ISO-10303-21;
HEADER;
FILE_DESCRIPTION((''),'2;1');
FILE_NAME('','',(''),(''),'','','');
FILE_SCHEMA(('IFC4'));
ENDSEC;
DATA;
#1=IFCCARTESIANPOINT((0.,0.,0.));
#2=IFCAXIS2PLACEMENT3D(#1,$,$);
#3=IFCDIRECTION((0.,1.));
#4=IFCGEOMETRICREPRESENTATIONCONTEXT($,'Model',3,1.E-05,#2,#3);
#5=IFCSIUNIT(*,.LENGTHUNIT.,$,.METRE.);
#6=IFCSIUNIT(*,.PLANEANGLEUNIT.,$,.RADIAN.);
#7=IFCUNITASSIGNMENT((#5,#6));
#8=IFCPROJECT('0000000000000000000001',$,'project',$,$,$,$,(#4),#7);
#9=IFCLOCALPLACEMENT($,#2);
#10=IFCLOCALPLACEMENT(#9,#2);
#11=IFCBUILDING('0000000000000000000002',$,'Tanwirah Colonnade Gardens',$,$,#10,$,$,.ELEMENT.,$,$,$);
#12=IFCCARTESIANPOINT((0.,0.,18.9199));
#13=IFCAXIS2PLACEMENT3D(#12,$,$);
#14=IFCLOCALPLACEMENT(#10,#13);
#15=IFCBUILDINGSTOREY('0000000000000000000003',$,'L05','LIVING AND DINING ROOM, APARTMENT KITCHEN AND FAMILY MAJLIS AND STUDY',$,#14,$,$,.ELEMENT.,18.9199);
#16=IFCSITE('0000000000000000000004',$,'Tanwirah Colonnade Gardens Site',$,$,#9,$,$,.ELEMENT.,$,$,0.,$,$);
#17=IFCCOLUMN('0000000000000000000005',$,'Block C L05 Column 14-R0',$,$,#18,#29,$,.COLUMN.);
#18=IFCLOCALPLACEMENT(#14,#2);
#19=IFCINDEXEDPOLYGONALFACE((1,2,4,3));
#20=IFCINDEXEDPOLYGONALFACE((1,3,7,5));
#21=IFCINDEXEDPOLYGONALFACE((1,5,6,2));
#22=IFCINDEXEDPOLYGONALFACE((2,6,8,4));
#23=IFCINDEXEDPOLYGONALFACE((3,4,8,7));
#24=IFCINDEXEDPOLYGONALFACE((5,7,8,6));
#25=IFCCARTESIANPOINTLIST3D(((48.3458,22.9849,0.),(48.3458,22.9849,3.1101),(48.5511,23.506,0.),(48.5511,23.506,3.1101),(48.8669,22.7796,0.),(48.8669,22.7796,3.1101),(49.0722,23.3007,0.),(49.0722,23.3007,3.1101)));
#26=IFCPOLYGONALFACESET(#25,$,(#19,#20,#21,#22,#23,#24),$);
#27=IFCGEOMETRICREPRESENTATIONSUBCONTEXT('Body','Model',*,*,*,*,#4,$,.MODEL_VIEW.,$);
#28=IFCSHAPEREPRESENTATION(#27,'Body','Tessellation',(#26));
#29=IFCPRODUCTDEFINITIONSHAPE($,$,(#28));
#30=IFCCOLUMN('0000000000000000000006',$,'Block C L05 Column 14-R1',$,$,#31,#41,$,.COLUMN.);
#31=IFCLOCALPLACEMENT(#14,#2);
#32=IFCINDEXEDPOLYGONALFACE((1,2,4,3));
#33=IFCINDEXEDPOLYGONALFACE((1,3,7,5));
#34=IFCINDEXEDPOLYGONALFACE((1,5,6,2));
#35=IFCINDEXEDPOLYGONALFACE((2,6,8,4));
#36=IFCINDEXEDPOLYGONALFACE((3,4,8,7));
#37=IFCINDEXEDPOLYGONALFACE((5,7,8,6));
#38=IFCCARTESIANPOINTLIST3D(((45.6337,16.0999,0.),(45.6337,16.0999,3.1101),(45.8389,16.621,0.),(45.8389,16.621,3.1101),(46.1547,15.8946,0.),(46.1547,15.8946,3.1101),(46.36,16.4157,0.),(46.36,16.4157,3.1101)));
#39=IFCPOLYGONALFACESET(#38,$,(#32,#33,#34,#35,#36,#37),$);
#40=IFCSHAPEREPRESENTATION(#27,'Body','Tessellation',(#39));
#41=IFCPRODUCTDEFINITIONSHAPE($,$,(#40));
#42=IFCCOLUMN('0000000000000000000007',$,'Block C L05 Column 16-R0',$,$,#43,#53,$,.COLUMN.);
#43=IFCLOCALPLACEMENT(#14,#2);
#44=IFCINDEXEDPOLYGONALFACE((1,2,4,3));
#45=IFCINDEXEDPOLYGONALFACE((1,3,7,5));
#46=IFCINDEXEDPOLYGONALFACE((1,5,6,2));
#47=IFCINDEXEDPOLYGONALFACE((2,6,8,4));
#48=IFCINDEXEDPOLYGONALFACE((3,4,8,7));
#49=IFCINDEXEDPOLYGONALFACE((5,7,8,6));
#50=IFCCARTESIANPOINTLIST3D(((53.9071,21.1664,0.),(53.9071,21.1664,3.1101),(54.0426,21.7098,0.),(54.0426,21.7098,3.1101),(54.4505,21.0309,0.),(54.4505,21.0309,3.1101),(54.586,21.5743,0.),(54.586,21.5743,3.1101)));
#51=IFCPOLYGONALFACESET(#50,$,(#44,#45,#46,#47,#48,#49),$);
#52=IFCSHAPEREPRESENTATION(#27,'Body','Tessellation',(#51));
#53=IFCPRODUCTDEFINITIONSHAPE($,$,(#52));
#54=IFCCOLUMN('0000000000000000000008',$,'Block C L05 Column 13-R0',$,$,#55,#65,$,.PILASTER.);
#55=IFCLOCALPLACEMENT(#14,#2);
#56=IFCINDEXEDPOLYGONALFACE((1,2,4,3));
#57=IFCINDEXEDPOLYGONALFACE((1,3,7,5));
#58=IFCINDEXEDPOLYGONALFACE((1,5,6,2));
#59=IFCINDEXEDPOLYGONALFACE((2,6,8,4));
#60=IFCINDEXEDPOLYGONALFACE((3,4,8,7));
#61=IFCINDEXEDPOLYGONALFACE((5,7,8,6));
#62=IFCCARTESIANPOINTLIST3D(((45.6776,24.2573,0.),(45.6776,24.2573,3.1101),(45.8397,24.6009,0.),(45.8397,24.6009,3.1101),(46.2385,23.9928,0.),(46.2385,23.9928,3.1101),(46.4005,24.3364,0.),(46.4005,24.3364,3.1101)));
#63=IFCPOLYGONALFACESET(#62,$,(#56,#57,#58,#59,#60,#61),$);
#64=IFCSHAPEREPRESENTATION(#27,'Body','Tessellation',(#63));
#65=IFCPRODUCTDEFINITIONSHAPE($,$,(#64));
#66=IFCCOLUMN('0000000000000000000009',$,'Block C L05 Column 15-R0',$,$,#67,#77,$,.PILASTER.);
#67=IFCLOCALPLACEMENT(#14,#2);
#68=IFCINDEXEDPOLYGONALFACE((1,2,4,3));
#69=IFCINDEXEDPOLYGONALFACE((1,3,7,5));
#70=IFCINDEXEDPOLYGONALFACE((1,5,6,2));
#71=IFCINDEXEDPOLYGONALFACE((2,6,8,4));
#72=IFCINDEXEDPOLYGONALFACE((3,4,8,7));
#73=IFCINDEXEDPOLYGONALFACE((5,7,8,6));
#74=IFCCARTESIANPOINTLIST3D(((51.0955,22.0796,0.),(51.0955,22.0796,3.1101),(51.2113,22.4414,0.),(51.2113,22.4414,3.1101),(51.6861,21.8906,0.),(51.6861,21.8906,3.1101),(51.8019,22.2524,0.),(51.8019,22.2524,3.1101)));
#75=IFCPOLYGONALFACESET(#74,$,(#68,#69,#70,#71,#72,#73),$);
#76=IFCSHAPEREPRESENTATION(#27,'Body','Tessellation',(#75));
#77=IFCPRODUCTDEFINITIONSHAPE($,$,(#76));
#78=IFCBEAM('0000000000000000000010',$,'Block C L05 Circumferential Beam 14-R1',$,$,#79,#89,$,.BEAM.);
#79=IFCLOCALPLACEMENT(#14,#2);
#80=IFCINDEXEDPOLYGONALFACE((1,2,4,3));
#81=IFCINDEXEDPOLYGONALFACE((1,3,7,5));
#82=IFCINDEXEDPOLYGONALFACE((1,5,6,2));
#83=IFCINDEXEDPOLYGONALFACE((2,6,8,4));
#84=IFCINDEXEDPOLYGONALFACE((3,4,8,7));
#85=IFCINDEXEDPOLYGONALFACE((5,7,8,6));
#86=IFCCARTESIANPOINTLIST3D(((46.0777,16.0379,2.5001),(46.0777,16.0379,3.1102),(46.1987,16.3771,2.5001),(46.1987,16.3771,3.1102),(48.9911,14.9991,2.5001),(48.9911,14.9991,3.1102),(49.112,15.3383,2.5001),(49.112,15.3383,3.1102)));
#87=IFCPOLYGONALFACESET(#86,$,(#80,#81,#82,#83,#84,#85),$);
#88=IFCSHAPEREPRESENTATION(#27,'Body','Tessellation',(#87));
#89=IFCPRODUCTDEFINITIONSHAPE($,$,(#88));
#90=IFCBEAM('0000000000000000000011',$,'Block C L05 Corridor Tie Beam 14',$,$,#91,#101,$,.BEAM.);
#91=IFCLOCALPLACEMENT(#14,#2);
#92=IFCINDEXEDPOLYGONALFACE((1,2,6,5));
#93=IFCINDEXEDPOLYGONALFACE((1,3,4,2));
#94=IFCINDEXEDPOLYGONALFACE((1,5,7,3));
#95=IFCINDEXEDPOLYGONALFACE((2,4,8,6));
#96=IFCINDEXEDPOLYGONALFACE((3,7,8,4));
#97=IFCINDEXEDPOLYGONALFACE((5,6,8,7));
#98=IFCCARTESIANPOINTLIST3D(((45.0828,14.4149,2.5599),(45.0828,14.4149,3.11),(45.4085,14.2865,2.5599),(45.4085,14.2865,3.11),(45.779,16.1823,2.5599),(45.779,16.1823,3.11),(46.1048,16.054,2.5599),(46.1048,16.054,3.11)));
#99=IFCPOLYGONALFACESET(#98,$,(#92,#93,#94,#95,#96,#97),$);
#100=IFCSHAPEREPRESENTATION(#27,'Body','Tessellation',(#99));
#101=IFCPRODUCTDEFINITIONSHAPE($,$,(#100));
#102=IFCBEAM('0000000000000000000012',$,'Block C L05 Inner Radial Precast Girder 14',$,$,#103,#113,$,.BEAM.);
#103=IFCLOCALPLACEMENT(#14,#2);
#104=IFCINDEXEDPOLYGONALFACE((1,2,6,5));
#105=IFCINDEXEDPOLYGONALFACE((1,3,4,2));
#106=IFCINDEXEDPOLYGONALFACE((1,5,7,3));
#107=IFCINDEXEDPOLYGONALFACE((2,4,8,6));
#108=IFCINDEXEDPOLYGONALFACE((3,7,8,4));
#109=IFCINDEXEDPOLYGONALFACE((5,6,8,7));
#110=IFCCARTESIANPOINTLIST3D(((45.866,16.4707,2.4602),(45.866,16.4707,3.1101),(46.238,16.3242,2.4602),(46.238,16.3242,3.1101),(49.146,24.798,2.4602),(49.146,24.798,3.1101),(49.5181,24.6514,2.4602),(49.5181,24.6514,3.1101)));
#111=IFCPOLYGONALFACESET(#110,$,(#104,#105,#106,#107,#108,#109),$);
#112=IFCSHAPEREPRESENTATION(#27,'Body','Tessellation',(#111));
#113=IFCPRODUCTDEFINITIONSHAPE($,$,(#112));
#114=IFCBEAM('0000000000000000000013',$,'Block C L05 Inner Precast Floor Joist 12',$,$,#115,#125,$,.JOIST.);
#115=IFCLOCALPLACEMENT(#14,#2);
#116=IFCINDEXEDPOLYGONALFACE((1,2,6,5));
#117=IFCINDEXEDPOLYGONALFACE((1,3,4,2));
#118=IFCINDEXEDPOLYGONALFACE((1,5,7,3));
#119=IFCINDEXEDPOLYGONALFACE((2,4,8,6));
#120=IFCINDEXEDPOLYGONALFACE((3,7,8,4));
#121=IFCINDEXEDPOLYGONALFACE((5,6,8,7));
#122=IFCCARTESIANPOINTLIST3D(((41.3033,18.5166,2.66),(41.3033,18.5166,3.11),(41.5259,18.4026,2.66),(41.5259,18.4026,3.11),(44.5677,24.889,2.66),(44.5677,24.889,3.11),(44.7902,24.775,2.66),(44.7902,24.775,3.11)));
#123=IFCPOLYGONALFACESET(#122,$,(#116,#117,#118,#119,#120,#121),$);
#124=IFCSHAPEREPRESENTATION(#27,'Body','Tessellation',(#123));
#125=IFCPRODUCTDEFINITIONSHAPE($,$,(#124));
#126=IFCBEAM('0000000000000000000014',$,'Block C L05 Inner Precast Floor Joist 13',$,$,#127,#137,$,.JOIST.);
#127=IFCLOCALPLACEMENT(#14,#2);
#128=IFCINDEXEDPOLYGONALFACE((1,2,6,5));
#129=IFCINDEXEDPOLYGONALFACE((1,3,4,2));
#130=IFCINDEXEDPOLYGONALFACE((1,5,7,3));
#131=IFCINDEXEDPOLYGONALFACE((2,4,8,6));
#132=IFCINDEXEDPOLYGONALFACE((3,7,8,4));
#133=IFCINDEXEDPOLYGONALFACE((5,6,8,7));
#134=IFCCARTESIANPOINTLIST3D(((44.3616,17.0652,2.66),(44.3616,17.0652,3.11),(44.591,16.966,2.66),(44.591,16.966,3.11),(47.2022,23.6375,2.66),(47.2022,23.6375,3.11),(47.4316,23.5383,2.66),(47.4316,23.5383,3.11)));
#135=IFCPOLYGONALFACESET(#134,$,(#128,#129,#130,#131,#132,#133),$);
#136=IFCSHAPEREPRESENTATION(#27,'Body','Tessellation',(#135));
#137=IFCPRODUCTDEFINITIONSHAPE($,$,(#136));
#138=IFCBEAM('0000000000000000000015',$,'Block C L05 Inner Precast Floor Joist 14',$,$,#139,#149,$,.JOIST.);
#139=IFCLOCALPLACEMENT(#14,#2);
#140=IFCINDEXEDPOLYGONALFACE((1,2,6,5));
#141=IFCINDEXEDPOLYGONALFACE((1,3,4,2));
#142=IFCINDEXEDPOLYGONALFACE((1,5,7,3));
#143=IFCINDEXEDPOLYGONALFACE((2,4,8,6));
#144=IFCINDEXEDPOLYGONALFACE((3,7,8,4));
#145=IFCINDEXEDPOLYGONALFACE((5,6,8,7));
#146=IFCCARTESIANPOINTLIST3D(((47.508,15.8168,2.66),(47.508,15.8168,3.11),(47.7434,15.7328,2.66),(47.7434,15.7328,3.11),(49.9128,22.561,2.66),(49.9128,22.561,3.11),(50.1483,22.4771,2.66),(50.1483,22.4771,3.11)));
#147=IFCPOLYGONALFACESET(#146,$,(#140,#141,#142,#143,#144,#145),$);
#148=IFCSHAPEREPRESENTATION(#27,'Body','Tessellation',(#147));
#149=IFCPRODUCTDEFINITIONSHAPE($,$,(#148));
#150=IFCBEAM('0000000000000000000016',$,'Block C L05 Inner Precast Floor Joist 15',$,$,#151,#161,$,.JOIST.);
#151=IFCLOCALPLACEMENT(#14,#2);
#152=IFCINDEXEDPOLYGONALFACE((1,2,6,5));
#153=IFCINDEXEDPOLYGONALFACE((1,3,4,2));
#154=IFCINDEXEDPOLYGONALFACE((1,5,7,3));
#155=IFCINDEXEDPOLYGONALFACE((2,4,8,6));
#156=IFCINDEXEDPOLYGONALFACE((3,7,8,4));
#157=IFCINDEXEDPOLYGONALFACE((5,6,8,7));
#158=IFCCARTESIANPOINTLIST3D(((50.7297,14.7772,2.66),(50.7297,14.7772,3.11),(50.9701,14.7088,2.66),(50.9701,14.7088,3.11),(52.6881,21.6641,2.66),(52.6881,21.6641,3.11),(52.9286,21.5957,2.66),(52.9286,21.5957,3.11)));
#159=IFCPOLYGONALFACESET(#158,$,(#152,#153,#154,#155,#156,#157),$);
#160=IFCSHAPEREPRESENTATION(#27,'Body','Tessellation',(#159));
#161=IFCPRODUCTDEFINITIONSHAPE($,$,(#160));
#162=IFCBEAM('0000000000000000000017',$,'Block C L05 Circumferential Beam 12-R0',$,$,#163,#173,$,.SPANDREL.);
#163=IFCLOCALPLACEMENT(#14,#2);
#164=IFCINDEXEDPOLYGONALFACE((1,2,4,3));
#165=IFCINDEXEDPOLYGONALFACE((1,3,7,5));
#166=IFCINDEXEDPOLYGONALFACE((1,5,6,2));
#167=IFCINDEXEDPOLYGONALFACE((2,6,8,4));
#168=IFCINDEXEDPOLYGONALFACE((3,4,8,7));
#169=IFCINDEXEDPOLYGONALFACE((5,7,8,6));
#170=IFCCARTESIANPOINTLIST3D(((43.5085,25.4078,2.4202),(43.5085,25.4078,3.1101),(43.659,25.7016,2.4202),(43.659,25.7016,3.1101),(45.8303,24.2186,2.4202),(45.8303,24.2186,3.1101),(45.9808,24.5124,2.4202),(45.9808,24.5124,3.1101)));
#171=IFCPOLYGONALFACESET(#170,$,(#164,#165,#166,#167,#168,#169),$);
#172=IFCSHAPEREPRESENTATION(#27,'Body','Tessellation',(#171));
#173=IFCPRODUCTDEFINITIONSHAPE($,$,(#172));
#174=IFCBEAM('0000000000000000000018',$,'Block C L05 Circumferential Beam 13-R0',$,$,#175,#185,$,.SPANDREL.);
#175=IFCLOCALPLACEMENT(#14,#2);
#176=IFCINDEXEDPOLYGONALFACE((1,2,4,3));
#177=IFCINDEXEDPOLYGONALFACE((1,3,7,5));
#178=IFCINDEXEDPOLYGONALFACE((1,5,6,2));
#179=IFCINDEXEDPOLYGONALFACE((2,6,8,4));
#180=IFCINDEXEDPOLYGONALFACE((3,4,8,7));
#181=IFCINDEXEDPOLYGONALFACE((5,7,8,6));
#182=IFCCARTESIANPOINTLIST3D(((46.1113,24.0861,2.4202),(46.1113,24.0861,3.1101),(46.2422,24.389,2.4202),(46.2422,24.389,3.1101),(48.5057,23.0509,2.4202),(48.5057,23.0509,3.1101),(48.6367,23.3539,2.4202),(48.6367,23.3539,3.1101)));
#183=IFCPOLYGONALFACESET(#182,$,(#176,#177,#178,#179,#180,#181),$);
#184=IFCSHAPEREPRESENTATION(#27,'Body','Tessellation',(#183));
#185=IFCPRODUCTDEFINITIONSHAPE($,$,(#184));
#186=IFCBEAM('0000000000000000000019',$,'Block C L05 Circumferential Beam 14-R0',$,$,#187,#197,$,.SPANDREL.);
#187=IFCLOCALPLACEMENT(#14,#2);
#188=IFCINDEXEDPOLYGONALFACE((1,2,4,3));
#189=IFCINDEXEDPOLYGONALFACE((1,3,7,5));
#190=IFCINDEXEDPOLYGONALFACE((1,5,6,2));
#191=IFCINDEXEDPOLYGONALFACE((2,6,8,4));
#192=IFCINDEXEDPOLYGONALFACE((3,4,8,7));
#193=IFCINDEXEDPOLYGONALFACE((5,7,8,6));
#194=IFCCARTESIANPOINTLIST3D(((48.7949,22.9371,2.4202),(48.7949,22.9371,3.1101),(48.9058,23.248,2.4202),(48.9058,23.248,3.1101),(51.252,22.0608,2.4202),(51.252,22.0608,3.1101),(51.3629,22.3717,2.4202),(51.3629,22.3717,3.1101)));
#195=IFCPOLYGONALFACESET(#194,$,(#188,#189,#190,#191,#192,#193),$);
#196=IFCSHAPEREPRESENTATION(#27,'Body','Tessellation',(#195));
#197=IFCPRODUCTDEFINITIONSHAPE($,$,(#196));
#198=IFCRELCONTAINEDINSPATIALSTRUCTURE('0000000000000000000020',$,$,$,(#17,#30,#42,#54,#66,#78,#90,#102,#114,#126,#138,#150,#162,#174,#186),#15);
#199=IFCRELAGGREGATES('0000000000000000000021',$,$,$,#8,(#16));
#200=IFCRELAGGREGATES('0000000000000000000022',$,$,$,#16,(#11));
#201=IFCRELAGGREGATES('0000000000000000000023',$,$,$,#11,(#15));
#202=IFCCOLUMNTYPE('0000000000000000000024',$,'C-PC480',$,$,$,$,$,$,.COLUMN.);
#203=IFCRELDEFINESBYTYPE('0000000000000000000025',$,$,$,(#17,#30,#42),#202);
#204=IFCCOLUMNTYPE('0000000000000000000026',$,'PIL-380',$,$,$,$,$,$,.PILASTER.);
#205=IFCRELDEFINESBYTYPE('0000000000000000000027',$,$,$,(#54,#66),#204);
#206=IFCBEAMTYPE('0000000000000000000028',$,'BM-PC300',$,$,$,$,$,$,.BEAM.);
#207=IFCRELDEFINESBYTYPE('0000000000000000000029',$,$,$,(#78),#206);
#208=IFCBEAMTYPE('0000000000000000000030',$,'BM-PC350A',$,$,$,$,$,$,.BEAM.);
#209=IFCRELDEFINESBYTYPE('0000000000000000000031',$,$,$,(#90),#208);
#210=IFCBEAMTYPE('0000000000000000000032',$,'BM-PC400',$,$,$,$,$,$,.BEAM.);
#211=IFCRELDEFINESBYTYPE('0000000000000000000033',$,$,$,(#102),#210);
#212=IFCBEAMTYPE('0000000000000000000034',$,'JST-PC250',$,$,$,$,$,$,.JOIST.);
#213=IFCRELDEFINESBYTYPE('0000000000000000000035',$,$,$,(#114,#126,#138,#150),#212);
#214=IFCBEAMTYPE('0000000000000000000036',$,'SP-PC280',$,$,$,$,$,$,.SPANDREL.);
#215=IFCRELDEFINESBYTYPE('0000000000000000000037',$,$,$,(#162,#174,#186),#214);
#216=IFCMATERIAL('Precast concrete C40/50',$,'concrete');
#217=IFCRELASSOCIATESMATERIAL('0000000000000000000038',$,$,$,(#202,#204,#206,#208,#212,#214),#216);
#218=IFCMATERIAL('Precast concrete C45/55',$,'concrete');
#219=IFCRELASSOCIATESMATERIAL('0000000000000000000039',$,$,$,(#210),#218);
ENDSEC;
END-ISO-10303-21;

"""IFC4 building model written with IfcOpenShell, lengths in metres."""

from ifc_helpers import new_model, si_unit, direction, frame, origin, origin_2d, place, context, subcontext, project, spatial, rectangle, extrude, material, material_profile, profile_set, type_object, element, save


model = new_model("IFC4")

# Units and contexts
model_context = context("Model", 3, precision=1e-05, world=origin(), true_north=direction((0.0, 1.0)))
body_context = subcontext(model_context, "Body", "Model", "MODEL_VIEW")
ifc_project = project(units=[si_unit("LENGTHUNIT", "METRE"), si_unit("PLANEANGLEUNIT", "RADIAN")], contexts=[model_context])

# Site, building, storey
site_placement = place(None, origin())
site = spatial("IfcSite", under=ifc_project, at=site_placement, Name="Tanwirah Colonnade Gardens Site", CompositionType="ELEMENT", RefElevation=0.0)
building_placement = place(site_placement, origin())
building = spatial("IfcBuilding", under=site, at=building_placement, Name="Tanwirah Colonnade Gardens", CompositionType="ELEMENT")
storey_placement = place(building_placement, frame((0.0, 0.0, 18.9199)))
storey = spatial("IfcBuildingStorey", under=building, at=storey_placement, Name="L05", Description="LIVING AND DINING ROOM, APARTMENT KITCHEN AND FAMILY MAJLIS AND STUDY", CompositionType="ELEMENT", Elevation=18.9199)

# Columns
ifc_material_1 = material(Name="Precast concrete C40/50", Category="concrete")
ifc_material_profile_1 = material_profile(ifc_material_1, rectangle(XDim=0.5601, YDim=0.5601, at=origin_2d()), Name="PC-COL 560x560")
ifc_profile_set_1 = profile_set([ifc_material_profile_1], Name="Precast concrete C40/50")
column_type_1 = type_object("IfcColumnType", Name="C-PC480", PredefinedType="COLUMN", material=ifc_profile_set_1)
for number, where, z_axis, x_axis, name in (
    (1, (48.709, 23.1428, 0.0), (0.0, 0.0, 1.0), (-0.366501, -0.930418, 0.0), "Block C L05 Column 14-R0"),
    (2, (45.9968, 16.2578, 0.0), (0.0, 0.0, 1.0), (-0.366501, -0.930418, 0.0), "Block C L05 Column 14-R1"),
    (3, (54.2466, 21.3704, 0.0), (0.0, 0.0, 1.0), (-0.241922, -0.970296, 0.0), "Block C L05 Column 16-R0"),
):
    element("IfcColumn", number, at=place(storey_placement, frame(where, z_axis=z_axis, x_axis=x_axis)), inside=storey, type_object=column_type_1, Name=name, PredefinedType="COLUMN", context=body_context, shape_type="SweptSolid", body=[
        extrude(rectangle(XDim=0.5601, YDim=0.5601, at=origin_2d()), origin(), (0.0, 0.0, 1.0), 3.1101),
    ])
ifc_material_profile_2 = material_profile(ifc_material_1, rectangle(XDim=0.3799, YDim=0.6201, at=origin_2d()), Name="PC-PIL 380x620")
ifc_profile_set_2 = profile_set([ifc_material_profile_2], Name="Precast concrete C40/50")
column_type_2 = type_object("IfcColumnType", Name="PIL-380", PredefinedType="PILASTER", material=ifc_profile_set_2)
for number, where, z_axis, x_axis, name in (
    (4, (46.0391, 24.2969, 0.0), (0.0, 0.0, 1.0), (-0.426569, -0.904455, 0.0), "Block C L05 Column 13-R0"),
    (5, (51.4487, 22.166, 0.0), (0.0, 0.0, 1.0), (-0.304864, -0.952396, 0.0), "Block C L05 Column 15-R0"),
):
    element("IfcColumn", number, at=place(storey_placement, frame(where, z_axis=z_axis, x_axis=x_axis)), inside=storey, type_object=column_type_2, Name=name, PredefinedType="PILASTER", context=body_context, shape_type="SweptSolid", body=[
        extrude(rectangle(XDim=0.3799, YDim=0.6201, at=origin_2d()), origin(), (0.0, 0.0, 1.0), 3.1101),
    ])

# Beams
ifc_material_profile_3 = material_profile(ifc_material_1, rectangle(XDim=0.3601, YDim=0.6101, at=origin_2d()), Name="PC-BM 360x610")
ifc_profile_set_3 = profile_set([ifc_material_profile_3], Name="Precast concrete C40/50")
beam_type_1 = type_object("IfcBeamType", Name="BM-PC300", PredefinedType="BEAM", material=ifc_profile_set_3)
beam_1_placement = place(storey_placement, frame((46.1382, 16.2075, 2.8052), z_axis=(0.941911, -0.335861, 0.0), x_axis=(0.335861, 0.941911, 0.0)))
element("IfcBeam", 6, at=beam_1_placement, inside=storey, type_object=beam_type_1, Name="Block C L05 Circumferential Beam 14-R1", PredefinedType="BEAM", context=body_context, shape_type="SweptSolid", body=[
    extrude(rectangle(XDim=0.3601, YDim=0.6101, at=origin_2d()), origin(), (0.0, 0.0, 1.0), 3.093),
])
ifc_material_profile_4 = material_profile(ifc_material_1, rectangle(XDim=0.3501, YDim=0.55, at=origin_2d()), Name="PC-BM 350x550")
ifc_profile_set_4 = profile_set([ifc_material_profile_4], Name="Precast concrete C40/50")
beam_type_2 = type_object("IfcBeamType", Name="BM-PC350A", PredefinedType="BEAM", material=ifc_profile_set_4)
beam_2_placement = place(storey_placement, frame((45.9419, 16.1182, 2.835), z_axis=(-0.366511, -0.930414, 0.0), x_axis=(0.930414, -0.366511, 0.0)))
element("IfcBeam", 7, at=beam_2_placement, inside=storey, type_object=beam_type_2, Name="Block C L05 Corridor Tie Beam 14", PredefinedType="BEAM", context=body_context, shape_type="SweptSolid", body=[
    extrude(rectangle(XDim=0.3501, YDim=0.55, at=origin_2d()), origin(), (0.0, 0.0, 1.0), 1.8997),
])
ifc_material_2 = material(Name="Precast concrete C45/55", Category="concrete")
ifc_material_profile_5 = material_profile(ifc_material_2, rectangle(XDim=0.3999, YDim=0.6499, at=origin_2d()), Name="PC-BM 400x650")
ifc_profile_set_5 = profile_set([ifc_material_profile_5], Name="Precast concrete C45/55")
beam_type_3 = type_object("IfcBeamType", Name="BM-PC400", PredefinedType="BEAM", material=ifc_profile_set_5)
beam_3_placement = place(storey_placement, frame((46.052, 16.3975, 2.7852), z_axis=(0.366489, 0.930422, 0.0), x_axis=(-0.930422, 0.366489, 0.0)))
element("IfcBeam", 8, at=beam_3_placement, inside=storey, type_object=beam_type_3, Name="Block C L05 Inner Radial Precast Girder 14", PredefinedType="BEAM", context=body_context, shape_type="SweptSolid", body=[
    extrude(rectangle(XDim=0.3999, YDim=0.6499, at=origin_2d()), origin(), (0.0, 0.0, 1.0), 8.95),
])
ifc_material_profile_6 = material_profile(ifc_material_1, rectangle(XDim=0.25, YDim=0.45, at=origin_2d()), Name="PC-JST 250x450")
ifc_profile_set_6 = profile_set([ifc_material_profile_6], Name="Precast concrete C40/50")
beam_type_4 = type_object("IfcBeamType", Name="JST-PC250", PredefinedType="JOIST", material=ifc_profile_set_6)
for number, where, z_axis, x_axis, name in (
    (9, (44.679, 24.832, 2.885), (-0.455921, -0.89002, 0.0), (0.89002, -0.455921, 0.0), "Block C L05 Inner Precast Floor Joist 12"),
    (10, (47.3169, 23.5879, 2.885), (-0.396736, -0.917933, 0.0), (0.917933, -0.396736, 0.0), "Block C L05 Inner Precast Floor Joist 13"),
):
    element("IfcBeam", number, at=place(storey_placement, frame(where, z_axis=z_axis, x_axis=x_axis)), inside=storey, type_object=beam_type_4, Name=name, PredefinedType="JOIST", context=body_context, shape_type="SweptSolid", body=[
        extrude(rectangle(XDim=0.25, YDim=0.45, at=origin_2d()), origin(), (0.0, 0.0, 1.0), 7.1599),
    ])
beam_4_placement = place(storey_placement, frame((50.0305, 22.519, 2.885), z_axis=(-0.335861, -0.941912, 0.0), x_axis=(0.941912, -0.335861, 0.0)))
element("IfcBeam", 11, at=beam_4_placement, inside=storey, type_object=beam_type_4, Name="Block C L05 Inner Precast Floor Joist 14", PredefinedType="JOIST", context=body_context, shape_type="SweptSolid", body=[
    extrude(rectangle(XDim=0.25, YDim=0.45, at=origin_2d()), origin(), (0.0, 0.0, 1.0), 7.1602),
])
beam_5_placement = place(storey_placement, frame((52.8083, 21.6299, 2.885), z_axis=(-0.273532, -0.961863, 0.0), x_axis=(0.961863, -0.273532, 0.0)))
element("IfcBeam", 12, at=beam_5_placement, inside=storey, type_object=beam_type_4, Name="Block C L05 Inner Precast Floor Joist 15", PredefinedType="JOIST", context=body_context, shape_type="SweptSolid", body=[
    extrude(rectangle(XDim=0.25, YDim=0.45, at=origin_2d()), origin(), (0.0, 0.0, 1.0), 7.1599),
])
ifc_material_profile_7 = material_profile(ifc_material_1, rectangle(XDim=0.3301, YDim=0.6899, at=origin_2d()), Name="PC-SP 330x690")
ifc_profile_set_7 = profile_set([ifc_material_profile_7], Name="Precast concrete C40/50")
beam_type_5 = type_object("IfcBeamType", Name="SP-PC280", PredefinedType="SPANDREL", material=ifc_profile_set_7)
for number, where, z_axis, x_axis, name in (
    (13, (43.5837, 25.5547, 2.7651), (0.890042, -0.455878, 0.0), (0.455878, 0.890042, 0.0), "Block C L05 Circumferential Beam 12-R0"),
    (14, (46.1768, 24.2375, 2.7651), (0.917901, -0.396809, 0.0), (0.396809, 0.917901, 0.0), "Block C L05 Circumferential Beam 13-R0"),
    (15, (48.8503, 23.0925, 2.7651), (0.941898, -0.335898, 0.0), (0.335898, 0.941898, 0.0), "Block C L05 Circumferential Beam 14-R0"),
):
    element("IfcBeam", number, at=place(storey_placement, frame(where, z_axis=z_axis, x_axis=x_axis)), inside=storey, type_object=beam_type_5, Name=name, PredefinedType="SPANDREL", context=body_context, shape_type="SweptSolid", body=[
        extrude(rectangle(XDim=0.3301, YDim=0.6899, at=origin_2d()), origin(), (0.0, 0.0, 1.0), 2.6086),
    ])

save(model, "model.ifc")
